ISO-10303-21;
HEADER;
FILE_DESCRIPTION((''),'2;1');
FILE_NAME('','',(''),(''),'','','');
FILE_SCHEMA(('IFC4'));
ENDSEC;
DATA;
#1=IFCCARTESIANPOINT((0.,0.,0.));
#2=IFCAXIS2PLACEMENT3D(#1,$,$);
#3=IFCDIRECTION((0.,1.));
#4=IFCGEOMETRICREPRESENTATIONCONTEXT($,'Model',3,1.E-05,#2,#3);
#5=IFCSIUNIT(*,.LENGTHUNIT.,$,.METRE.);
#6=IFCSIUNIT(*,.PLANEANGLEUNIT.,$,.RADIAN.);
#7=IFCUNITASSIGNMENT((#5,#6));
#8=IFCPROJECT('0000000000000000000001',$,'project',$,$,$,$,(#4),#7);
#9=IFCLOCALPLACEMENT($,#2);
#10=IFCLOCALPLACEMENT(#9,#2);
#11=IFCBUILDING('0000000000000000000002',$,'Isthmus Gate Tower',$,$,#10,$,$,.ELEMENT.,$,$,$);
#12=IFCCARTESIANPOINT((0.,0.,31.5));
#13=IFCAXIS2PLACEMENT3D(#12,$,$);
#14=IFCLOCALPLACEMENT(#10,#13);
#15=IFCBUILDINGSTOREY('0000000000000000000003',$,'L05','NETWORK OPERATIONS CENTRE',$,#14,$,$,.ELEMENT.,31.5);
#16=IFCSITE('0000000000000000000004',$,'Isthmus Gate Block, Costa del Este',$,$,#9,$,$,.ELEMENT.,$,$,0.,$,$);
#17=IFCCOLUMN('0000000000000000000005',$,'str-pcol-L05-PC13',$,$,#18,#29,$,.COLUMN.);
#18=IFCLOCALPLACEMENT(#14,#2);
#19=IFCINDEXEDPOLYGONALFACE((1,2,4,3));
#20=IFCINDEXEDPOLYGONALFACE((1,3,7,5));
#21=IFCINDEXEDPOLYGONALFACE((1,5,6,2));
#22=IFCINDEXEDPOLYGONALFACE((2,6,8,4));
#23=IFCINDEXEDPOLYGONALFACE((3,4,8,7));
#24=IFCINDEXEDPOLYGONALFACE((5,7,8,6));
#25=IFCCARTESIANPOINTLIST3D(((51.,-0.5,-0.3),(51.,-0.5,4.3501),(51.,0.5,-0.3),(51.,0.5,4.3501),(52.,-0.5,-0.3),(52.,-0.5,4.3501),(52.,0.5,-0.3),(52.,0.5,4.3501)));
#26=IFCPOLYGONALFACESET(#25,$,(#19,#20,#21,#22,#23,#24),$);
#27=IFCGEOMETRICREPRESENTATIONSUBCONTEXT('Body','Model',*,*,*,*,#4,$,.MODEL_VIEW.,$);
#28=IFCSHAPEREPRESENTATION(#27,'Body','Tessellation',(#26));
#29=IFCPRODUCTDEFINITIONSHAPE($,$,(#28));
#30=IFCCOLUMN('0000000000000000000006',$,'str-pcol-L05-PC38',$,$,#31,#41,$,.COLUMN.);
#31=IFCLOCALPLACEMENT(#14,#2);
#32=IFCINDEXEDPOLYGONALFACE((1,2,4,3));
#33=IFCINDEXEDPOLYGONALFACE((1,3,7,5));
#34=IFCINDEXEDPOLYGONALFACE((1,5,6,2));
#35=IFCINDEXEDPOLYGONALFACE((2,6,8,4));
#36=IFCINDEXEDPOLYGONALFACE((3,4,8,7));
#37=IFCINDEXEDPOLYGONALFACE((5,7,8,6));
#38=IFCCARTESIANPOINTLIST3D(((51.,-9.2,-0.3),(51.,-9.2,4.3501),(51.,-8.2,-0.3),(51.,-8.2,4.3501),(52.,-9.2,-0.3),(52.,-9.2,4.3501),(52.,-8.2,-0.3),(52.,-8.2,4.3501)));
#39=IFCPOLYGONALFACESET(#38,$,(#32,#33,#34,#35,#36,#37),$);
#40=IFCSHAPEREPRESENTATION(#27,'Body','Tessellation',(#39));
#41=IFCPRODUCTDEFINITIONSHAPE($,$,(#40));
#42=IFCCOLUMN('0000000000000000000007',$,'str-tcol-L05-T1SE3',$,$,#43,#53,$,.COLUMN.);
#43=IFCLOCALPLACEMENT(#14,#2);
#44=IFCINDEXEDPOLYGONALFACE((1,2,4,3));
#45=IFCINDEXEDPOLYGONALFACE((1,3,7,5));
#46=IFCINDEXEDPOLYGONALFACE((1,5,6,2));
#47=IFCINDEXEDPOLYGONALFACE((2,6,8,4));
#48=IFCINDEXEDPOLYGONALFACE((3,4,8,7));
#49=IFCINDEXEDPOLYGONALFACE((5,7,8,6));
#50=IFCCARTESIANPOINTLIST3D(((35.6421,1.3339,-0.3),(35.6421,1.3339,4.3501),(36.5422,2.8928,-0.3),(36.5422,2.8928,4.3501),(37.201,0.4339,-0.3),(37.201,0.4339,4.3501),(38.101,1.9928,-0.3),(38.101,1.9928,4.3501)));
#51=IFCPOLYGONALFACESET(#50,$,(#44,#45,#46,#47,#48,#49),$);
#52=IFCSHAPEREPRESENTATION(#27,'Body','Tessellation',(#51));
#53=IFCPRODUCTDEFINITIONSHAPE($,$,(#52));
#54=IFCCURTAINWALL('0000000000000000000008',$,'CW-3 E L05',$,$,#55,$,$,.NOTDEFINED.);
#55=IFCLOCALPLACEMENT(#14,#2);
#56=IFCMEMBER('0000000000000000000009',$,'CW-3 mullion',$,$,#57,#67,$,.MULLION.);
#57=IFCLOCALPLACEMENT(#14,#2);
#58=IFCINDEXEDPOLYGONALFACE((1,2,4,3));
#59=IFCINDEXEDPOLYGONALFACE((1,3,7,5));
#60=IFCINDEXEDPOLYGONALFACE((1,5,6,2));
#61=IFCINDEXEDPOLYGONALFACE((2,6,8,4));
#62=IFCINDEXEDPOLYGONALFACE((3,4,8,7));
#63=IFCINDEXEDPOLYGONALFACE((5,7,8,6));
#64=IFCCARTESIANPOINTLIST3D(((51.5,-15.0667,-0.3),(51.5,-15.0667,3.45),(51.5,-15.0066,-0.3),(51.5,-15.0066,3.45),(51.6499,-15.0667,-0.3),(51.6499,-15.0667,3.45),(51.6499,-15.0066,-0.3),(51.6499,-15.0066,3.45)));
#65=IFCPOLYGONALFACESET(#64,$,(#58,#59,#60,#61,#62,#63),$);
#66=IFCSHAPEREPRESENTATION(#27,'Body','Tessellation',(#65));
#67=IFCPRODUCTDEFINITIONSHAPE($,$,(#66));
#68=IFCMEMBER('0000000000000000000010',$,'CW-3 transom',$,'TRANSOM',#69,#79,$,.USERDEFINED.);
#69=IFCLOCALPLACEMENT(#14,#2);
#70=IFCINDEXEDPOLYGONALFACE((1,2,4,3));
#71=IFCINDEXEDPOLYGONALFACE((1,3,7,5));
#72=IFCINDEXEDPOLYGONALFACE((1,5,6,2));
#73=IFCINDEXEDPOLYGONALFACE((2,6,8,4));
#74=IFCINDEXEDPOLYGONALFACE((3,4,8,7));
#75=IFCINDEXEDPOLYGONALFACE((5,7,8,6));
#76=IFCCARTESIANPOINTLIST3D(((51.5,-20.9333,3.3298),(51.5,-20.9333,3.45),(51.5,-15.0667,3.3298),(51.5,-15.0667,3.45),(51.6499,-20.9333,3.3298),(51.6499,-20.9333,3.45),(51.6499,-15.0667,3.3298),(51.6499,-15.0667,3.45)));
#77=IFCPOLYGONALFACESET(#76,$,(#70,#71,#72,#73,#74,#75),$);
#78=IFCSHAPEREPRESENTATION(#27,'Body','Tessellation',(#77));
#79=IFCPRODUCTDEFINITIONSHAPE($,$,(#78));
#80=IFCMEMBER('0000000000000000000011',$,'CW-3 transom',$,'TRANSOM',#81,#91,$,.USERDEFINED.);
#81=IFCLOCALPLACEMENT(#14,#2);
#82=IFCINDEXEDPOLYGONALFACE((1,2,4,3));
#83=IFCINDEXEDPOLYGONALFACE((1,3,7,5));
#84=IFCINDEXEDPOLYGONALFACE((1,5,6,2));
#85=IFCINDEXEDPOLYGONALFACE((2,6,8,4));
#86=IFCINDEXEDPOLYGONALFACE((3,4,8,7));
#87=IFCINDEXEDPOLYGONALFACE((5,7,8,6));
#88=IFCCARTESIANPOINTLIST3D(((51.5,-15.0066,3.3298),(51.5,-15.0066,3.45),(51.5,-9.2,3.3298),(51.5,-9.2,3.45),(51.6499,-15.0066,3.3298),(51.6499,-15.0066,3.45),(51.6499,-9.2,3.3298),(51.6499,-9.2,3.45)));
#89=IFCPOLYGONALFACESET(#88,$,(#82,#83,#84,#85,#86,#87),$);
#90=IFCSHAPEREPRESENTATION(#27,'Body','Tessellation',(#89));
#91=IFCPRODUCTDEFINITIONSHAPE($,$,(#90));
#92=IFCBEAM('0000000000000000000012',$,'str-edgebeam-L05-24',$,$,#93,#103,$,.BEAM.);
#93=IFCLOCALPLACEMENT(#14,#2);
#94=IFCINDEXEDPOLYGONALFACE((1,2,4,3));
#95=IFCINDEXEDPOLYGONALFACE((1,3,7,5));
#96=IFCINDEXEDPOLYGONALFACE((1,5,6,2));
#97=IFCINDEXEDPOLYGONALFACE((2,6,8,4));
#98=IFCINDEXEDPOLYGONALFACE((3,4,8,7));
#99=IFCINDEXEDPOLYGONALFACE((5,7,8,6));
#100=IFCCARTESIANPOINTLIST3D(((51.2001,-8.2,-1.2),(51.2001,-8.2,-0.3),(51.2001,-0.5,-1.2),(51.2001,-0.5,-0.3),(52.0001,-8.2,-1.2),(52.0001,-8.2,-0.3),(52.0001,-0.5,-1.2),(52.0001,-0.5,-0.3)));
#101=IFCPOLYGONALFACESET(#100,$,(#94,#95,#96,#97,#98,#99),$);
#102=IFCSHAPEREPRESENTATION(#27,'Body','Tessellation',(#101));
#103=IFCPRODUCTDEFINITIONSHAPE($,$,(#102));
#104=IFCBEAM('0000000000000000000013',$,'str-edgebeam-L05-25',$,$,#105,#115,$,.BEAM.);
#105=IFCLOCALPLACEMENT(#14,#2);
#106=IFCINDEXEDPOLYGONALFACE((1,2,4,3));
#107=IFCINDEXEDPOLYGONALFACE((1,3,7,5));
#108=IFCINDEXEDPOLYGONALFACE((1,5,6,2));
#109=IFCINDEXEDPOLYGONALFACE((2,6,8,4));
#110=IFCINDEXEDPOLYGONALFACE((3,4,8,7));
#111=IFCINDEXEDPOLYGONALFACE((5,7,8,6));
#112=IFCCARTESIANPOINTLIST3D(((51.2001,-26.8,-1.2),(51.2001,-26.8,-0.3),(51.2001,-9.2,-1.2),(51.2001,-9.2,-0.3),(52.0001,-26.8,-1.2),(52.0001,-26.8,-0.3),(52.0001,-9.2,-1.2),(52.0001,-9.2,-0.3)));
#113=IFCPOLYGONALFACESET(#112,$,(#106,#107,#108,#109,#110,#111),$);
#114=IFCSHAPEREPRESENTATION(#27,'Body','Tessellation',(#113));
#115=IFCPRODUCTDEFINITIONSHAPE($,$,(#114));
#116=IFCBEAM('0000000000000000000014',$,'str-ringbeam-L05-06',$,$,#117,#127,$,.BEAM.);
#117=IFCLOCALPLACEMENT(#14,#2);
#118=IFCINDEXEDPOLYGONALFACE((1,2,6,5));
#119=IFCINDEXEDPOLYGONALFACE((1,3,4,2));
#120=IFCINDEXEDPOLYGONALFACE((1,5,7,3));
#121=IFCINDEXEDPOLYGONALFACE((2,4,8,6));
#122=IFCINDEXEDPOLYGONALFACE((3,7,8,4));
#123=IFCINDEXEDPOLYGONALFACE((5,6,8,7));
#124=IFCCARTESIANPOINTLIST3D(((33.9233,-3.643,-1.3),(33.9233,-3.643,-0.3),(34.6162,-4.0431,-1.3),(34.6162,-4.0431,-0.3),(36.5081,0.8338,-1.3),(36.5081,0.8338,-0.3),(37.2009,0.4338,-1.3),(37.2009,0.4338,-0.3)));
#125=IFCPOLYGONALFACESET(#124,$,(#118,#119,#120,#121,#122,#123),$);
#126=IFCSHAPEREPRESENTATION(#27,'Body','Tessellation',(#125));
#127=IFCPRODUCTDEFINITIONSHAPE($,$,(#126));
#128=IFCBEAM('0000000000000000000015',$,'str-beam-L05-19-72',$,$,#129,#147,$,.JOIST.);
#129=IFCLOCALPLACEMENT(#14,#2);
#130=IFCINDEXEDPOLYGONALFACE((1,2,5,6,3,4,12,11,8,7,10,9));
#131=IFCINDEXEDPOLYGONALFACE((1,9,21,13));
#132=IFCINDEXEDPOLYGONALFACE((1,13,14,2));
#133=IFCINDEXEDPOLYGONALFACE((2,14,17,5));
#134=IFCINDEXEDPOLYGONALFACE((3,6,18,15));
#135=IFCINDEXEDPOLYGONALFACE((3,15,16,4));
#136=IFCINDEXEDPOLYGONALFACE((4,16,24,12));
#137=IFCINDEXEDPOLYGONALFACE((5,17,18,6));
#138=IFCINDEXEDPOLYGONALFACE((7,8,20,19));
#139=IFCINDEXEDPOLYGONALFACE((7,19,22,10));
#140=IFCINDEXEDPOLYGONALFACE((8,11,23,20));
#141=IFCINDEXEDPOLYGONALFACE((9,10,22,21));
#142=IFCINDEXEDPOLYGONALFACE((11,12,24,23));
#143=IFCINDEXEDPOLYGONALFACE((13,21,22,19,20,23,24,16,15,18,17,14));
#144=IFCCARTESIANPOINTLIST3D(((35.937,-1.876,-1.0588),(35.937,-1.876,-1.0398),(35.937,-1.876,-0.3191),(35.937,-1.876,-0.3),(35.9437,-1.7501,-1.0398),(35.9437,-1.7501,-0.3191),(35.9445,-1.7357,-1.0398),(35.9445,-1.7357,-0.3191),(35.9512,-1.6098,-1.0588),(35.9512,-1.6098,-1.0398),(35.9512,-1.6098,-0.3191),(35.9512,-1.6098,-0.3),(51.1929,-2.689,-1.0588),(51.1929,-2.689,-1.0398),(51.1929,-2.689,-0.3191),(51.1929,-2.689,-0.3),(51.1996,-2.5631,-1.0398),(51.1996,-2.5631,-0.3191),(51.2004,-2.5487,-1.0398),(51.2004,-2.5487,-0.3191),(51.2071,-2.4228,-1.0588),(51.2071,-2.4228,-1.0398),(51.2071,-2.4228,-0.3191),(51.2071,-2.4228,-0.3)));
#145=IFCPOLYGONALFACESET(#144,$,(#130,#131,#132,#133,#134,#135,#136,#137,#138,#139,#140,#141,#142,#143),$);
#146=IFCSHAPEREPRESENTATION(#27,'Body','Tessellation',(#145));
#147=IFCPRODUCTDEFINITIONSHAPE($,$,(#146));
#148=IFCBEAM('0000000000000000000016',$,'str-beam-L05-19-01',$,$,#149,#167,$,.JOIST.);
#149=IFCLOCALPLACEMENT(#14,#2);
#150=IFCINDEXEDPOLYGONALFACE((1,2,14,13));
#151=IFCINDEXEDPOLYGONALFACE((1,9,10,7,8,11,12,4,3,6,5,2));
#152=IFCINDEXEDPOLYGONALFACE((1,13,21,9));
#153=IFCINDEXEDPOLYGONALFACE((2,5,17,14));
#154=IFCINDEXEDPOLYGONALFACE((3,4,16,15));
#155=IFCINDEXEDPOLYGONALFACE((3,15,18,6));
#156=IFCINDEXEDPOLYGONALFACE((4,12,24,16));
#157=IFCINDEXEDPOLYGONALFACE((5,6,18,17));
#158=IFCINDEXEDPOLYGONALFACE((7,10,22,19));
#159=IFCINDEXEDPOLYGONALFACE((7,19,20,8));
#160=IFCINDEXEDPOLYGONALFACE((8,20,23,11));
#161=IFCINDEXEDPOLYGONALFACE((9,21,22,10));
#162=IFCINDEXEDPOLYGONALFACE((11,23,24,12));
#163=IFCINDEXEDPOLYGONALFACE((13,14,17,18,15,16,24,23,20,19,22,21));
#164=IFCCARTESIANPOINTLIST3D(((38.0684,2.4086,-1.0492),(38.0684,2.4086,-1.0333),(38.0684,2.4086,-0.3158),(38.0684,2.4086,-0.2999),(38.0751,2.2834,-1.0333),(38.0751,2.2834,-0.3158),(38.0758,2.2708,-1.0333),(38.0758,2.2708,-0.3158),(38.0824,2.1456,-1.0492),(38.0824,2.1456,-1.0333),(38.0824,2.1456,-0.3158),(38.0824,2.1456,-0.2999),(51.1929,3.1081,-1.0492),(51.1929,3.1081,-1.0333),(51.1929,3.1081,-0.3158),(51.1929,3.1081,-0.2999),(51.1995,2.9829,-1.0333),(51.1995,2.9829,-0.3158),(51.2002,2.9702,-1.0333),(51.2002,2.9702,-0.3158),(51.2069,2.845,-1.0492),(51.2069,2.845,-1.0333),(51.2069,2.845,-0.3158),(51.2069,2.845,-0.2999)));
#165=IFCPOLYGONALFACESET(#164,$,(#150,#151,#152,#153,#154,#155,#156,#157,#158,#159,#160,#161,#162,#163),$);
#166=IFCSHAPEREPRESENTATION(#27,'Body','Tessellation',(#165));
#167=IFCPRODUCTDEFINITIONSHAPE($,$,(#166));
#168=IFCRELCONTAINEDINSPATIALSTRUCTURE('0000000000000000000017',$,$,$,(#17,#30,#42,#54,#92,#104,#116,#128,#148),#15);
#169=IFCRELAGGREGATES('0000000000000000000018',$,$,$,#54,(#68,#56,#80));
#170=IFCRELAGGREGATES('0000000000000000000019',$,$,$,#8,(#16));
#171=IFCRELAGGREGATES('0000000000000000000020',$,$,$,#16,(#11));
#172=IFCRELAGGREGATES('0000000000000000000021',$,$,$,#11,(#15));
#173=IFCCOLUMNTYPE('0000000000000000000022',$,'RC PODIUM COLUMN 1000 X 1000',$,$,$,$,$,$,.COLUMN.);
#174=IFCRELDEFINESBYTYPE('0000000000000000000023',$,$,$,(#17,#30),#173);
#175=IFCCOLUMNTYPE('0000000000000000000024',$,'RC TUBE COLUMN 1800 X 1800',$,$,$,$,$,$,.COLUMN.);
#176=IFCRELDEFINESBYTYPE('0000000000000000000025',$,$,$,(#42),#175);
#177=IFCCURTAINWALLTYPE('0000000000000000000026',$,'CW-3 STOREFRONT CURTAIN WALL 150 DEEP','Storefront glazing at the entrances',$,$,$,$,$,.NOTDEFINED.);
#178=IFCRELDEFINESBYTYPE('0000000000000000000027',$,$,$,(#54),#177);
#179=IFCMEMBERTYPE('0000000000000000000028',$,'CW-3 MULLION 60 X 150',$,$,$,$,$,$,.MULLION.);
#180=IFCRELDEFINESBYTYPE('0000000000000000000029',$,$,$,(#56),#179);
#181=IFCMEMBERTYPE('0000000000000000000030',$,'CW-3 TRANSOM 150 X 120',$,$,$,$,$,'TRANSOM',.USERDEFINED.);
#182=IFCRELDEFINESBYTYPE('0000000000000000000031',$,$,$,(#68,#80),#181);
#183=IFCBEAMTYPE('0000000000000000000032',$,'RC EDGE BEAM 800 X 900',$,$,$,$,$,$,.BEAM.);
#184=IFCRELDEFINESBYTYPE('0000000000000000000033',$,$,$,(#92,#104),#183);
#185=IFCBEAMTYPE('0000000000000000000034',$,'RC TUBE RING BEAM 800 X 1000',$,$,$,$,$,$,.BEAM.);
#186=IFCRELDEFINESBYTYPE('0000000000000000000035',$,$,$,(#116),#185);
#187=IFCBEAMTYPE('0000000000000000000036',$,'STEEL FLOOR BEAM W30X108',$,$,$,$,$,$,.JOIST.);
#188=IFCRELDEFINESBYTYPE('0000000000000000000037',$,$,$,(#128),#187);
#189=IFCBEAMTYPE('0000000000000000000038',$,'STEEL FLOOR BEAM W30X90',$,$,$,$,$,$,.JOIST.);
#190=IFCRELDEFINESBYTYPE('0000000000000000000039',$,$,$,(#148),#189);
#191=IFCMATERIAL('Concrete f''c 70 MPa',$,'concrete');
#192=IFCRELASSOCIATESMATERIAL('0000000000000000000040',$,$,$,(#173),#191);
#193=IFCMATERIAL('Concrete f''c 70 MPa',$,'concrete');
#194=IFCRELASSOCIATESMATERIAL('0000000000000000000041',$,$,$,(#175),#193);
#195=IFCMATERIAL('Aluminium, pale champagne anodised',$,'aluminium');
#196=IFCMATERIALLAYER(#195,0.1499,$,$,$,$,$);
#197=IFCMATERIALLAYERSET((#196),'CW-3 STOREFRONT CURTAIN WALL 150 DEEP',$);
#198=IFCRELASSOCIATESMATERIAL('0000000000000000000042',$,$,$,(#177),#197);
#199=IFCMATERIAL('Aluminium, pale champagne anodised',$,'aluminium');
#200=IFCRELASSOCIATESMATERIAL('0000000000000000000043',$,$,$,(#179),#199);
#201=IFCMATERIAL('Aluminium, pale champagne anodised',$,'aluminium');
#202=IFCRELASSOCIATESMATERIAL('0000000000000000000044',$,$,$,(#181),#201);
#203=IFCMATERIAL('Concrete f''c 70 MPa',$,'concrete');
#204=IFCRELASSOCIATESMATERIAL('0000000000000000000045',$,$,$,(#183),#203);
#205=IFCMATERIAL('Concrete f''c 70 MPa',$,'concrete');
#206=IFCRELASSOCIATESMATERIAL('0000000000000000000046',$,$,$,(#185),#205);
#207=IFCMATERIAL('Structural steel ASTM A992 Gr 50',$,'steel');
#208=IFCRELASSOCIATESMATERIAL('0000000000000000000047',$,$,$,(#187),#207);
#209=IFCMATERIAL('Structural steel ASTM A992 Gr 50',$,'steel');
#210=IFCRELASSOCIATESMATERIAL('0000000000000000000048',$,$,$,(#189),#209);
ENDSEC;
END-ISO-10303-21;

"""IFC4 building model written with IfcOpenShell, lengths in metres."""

from ifc_helpers import new_model, si_unit, direction, frame, origin, origin_2d, place, context, subcontext, project, spatial, rectangle, i_section, extrude, material, layer, layer_set, material_profile, profile_set, type_object, element, aggregate, save


model = new_model("IFC4")

# Units and contexts
model_context = context("Model", 3, precision=1e-05, world=origin(), true_north=direction((0.0, 1.0)))
body_context = subcontext(model_context, "Body", "Model", "MODEL_VIEW")
ifc_project = project(units=[si_unit("LENGTHUNIT", "METRE"), si_unit("PLANEANGLEUNIT", "RADIAN")], contexts=[model_context])

# Site, building, storey
site_placement = place(None, origin())
site = spatial("IfcSite", under=ifc_project, at=site_placement, Name="Isthmus Gate Block, Costa del Este", CompositionType="ELEMENT", RefElevation=0.0)
building_placement = place(site_placement, origin())
building = spatial("IfcBuilding", under=site, at=building_placement, Name="Isthmus Gate Tower", CompositionType="ELEMENT")
storey_placement = place(building_placement, frame((0.0, 0.0, 31.5)))
storey = spatial("IfcBuildingStorey", under=building, at=storey_placement, Name="L05", Description="NETWORK OPERATIONS CENTRE", CompositionType="ELEMENT", Elevation=31.5)

# Columns
ifc_material_1 = material(Name="Concrete f'c 70 MPa", Category="concrete")
ifc_material_profile_1 = material_profile(ifc_material_1, rectangle(XDim=1.0, YDim=1.0, at=origin_2d()), Name="RC 1000X1000")
ifc_profile_set_1 = profile_set([ifc_material_profile_1], Name="Concrete f'c 70 MPa")
column_type_1 = type_object("IfcColumnType", Name="RC PODIUM COLUMN 1000 X 1000", PredefinedType="COLUMN", material=ifc_profile_set_1)
for number, where, z_axis, x_axis, name in (
    (1, (51.5, 0.0, -0.3), (0.0, 0.0, 1.0), (0.0, 1.0, 0.0), "str-pcol-L05-PC13"),
    (2, (51.5, -8.7, -0.3), (0.0, 0.0, 1.0), (0.0, 1.0, 0.0), "str-pcol-L05-PC38"),
):
    element("IfcColumn", number, at=place(storey_placement, frame(where, z_axis=z_axis, x_axis=x_axis)), inside=storey, type_object=column_type_1, Name=name, PredefinedType="COLUMN", context=body_context, shape_type="SweptSolid", body=[
        extrude(rectangle(XDim=1.0, YDim=1.0, at=origin_2d()), origin(), (0.0, 0.0, 1.0), 4.6501),
    ])
ifc_material_2 = material(Name="Concrete f'c 70 MPa", Category="concrete")
ifc_material_profile_2 = material_profile(ifc_material_2, rectangle(XDim=1.8, YDim=1.8, at=origin_2d()), Name="RC 1800X1800")
ifc_profile_set_2 = profile_set([ifc_material_profile_2], Name="Concrete f'c 70 MPa")
column_type_2 = type_object("IfcColumnType", Name="RC TUBE COLUMN 1800 X 1800", PredefinedType="COLUMN", material=ifc_profile_set_2)
column_placement = place(storey_placement, frame((36.8716, 1.6633, -0.3), z_axis=(0.0, 0.0, 1.0), x_axis=(0.5, 0.866025, 0.0)))
element("IfcColumn", 3, at=column_placement, inside=storey, type_object=column_type_2, Name="str-tcol-L05-T1SE3", PredefinedType="COLUMN", context=body_context, shape_type="SweptSolid", body=[
    extrude(rectangle(XDim=1.8, YDim=1.8, at=origin_2d()), origin(), (0.0, 0.0, 1.0), 4.6501),
])

# Curtain wall, members
ifc_material_3 = material(Name="Aluminium, pale champagne anodised", Category="aluminium")
ifc_layer_1 = layer(ifc_material_3, 0.1499)
ifc_layer_set_1 = layer_set([ifc_layer_1], Name="CW-3 STOREFRONT CURTAIN WALL 150 DEEP")
curtain_wall_type = type_object("IfcCurtainWallType", Name="CW-3 STOREFRONT CURTAIN WALL 150 DEEP", Description="Storefront glazing at the entrances", PredefinedType="NOTDEFINED", material=ifc_layer_set_1)
curtain_wall_placement = place(storey_placement, origin())
curtain_wall = element("IfcCurtainWall", 4, at=curtain_wall_placement, inside=storey, type_object=curtain_wall_type, Name="CW-3 E L05", PredefinedType="NOTDEFINED")
ifc_material_4 = material(Name="Aluminium, pale champagne anodised", Category="aluminium")
ifc_material_profile_3 = material_profile(ifc_material_4, rectangle(XDim=0.0601, YDim=0.1499, at=origin_2d()), Name="60x150")
ifc_profile_set_3 = profile_set([ifc_material_profile_3], Name="Aluminium, pale champagne anodised")
member_type_1 = type_object("IfcMemberType", Name="CW-3 MULLION 60 X 150", PredefinedType="MULLION", material=ifc_profile_set_3)
member_1_placement = place(storey_placement, frame((51.575, -15.0366, -0.3), z_axis=(0.0, 0.0, 1.0), x_axis=(0.0, 1.0, 0.0)))
member_1 = element("IfcMember", 5, at=member_1_placement, type_object=member_type_1, Name="CW-3 mullion", PredefinedType="MULLION", context=body_context, shape_type="SweptSolid", body=[
    extrude(rectangle(XDim=0.0601, YDim=0.1499, at=origin_2d()), origin(), (0.0, 0.0, 1.0), 3.75),
])
ifc_material_5 = material(Name="Aluminium, pale champagne anodised", Category="aluminium")
ifc_material_profile_4 = material_profile(ifc_material_5, rectangle(XDim=0.1499, YDim=0.1201, at=origin_2d()), Name="150x120")
ifc_profile_set_4 = profile_set([ifc_material_profile_4], Name="Aluminium, pale champagne anodised")
member_type_2 = type_object("IfcMemberType", Name="CW-3 TRANSOM 150 X 120", ElementType="TRANSOM", PredefinedType="USERDEFINED", material=ifc_profile_set_4)
member_2_placement = place(storey_placement, frame((51.575, -20.9333, 3.3899), z_axis=(0.0, 1.0, 0.0), x_axis=(-1.0, 0.0, 0.0)))
member_2 = element("IfcMember", 6, at=member_2_placement, type_object=member_type_2, Name="CW-3 transom", ObjectType="TRANSOM", PredefinedType="USERDEFINED", context=body_context, shape_type="SweptSolid", body=[
    extrude(rectangle(XDim=0.1499, YDim=0.1201, at=origin_2d()), origin(), (0.0, 0.0, 1.0), 5.8667),
])
member_3_placement = place(storey_placement, frame((51.575, -15.0066, 3.3899), z_axis=(0.0, 1.0, 0.0), x_axis=(-1.0, 0.0, 0.0)))
member_3 = element("IfcMember", 7, at=member_3_placement, type_object=member_type_2, Name="CW-3 transom", ObjectType="TRANSOM", PredefinedType="USERDEFINED", context=body_context, shape_type="SweptSolid", body=[
    extrude(rectangle(XDim=0.1499, YDim=0.1201, at=origin_2d()), origin(), (0.0, 0.0, 1.0), 5.8066),
])

# Beams
ifc_material_6 = material(Name="Concrete f'c 70 MPa", Category="concrete")
ifc_material_profile_5 = material_profile(ifc_material_6, rectangle(XDim=0.8, YDim=0.8999, at=origin_2d()), Name="RC 800X900")
ifc_profile_set_5 = profile_set([ifc_material_profile_5], Name="Concrete f'c 70 MPa")
beam_type_1 = type_object("IfcBeamType", Name="RC EDGE BEAM 800 X 900", PredefinedType="BEAM", material=ifc_profile_set_5)
beam_1_placement = place(storey_placement, frame((51.6001, -0.5, -0.75), z_axis=(0.0, -1.0, 0.0), x_axis=(1.0, 0.0, 0.0)))
element("IfcBeam", 8, at=beam_1_placement, inside=storey, type_object=beam_type_1, Name="str-edgebeam-L05-24", PredefinedType="BEAM", context=body_context, shape_type="SweptSolid", body=[
    extrude(rectangle(XDim=0.8, YDim=0.8999, at=origin_2d()), origin(), (0.0, 0.0, 1.0), 7.7),
])
beam_2_placement = place(storey_placement, frame((51.6001, -9.2, -0.75), z_axis=(0.0, -1.0, 0.0), x_axis=(1.0, 0.0, 0.0)))
element("IfcBeam", 9, at=beam_2_placement, inside=storey, type_object=beam_type_1, Name="str-edgebeam-L05-25", PredefinedType="BEAM", context=body_context, shape_type="SweptSolid", body=[
    extrude(rectangle(XDim=0.8, YDim=0.8999, at=origin_2d()), origin(), (0.0, 0.0, 1.0), 17.6001),
])
ifc_material_7 = material(Name="Concrete f'c 70 MPa", Category="concrete")
ifc_material_profile_6 = material_profile(ifc_material_7, rectangle(XDim=0.8, YDim=1.0, at=origin_2d()), Name="RC 800X1000")
ifc_profile_set_6 = profile_set([ifc_material_profile_6], Name="Concrete f'c 70 MPa")
beam_type_2 = type_object("IfcBeamType", Name="RC TUBE RING BEAM 800 X 1000", PredefinedType="BEAM", material=ifc_profile_set_6)
beam_3_placement = place(storey_placement, frame((36.8545, 0.6338, -0.8), z_axis=(-0.500005, -0.866023, 0.0), x_axis=(0.866023, -0.500005, 0.0)))
element("IfcBeam", 10, at=beam_3_placement, inside=storey, type_object=beam_type_2, Name="str-ringbeam-L05-06", PredefinedType="BEAM", context=body_context, shape_type="SweptSolid", body=[
    extrude(rectangle(XDim=0.8, YDim=1.0, at=origin_2d()), origin(), (0.0, 0.0, 1.0), 5.1694),
])
ifc_material_8 = material(Name="Structural steel ASTM A992 Gr 50", Category="steel")
ifc_material_profile_7 = material_profile(ifc_material_8, i_section(OverallWidth=0.2666, OverallDepth=0.7588, WebThickness=0.0144, FlangeThickness=0.019, at=origin_2d()), Name="W30X108")
ifc_profile_set_7 = profile_set([ifc_material_profile_7], Name="Structural steel ASTM A992 Gr 50")
beam_type_3 = type_object("IfcBeamType", Name="STEEL FLOOR BEAM W30X108", PredefinedType="JOIST", material=ifc_profile_set_7)
beam_4_placement = place(storey_placement, frame((35.9441, -1.7429, -0.6794), z_axis=(0.998583, -0.053215, 0.0), x_axis=(0.053215, 0.998583, 0.0)))
element("IfcBeam", 11, at=beam_4_placement, inside=storey, type_object=beam_type_3, Name="str-beam-L05-19-72", PredefinedType="JOIST", context=body_context, shape_type="SweptSolid", body=[
    extrude(i_section(OverallWidth=0.2666, OverallDepth=0.7588, WebThickness=0.0144, FlangeThickness=0.019, at=origin_2d()), origin(), (0.0, 0.0, 1.0), 15.2776),
])
ifc_material_9 = material(Name="Structural steel ASTM A992 Gr 50", Category="steel")
ifc_material_profile_8 = material_profile(ifc_material_9, i_section(OverallWidth=0.2634, OverallDepth=0.7493, WebThickness=0.0127, FlangeThickness=0.0159, at=origin_2d()), Name="W30X90")
ifc_profile_set_8 = profile_set([ifc_material_profile_8], Name="Structural steel ASTM A992 Gr 50")
beam_type_4 = type_object("IfcBeamType", Name="STEEL FLOOR BEAM W30X90", PredefinedType="JOIST", material=ifc_profile_set_8)
beam_5_placement = place(storey_placement, frame((38.0754, 2.2771, -0.6746), z_axis=(0.998583, 0.053219, 0.0), x_axis=(-0.053219, 0.998583, 0.0)))
element("IfcBeam", 12, at=beam_5_placement, inside=storey, type_object=beam_type_4, Name="str-beam-L05-19-01", PredefinedType="JOIST", context=body_context, shape_type="SweptSolid", body=[
    extrude(i_section(OverallWidth=0.2634, OverallDepth=0.7493, WebThickness=0.0127, FlangeThickness=0.0159, at=origin_2d()), origin(), (0.0, 0.0, 1.0), 13.1431),
])

aggregate(curtain_wall, [member_2, member_1, member_3])

save(model, "model.ifc")
